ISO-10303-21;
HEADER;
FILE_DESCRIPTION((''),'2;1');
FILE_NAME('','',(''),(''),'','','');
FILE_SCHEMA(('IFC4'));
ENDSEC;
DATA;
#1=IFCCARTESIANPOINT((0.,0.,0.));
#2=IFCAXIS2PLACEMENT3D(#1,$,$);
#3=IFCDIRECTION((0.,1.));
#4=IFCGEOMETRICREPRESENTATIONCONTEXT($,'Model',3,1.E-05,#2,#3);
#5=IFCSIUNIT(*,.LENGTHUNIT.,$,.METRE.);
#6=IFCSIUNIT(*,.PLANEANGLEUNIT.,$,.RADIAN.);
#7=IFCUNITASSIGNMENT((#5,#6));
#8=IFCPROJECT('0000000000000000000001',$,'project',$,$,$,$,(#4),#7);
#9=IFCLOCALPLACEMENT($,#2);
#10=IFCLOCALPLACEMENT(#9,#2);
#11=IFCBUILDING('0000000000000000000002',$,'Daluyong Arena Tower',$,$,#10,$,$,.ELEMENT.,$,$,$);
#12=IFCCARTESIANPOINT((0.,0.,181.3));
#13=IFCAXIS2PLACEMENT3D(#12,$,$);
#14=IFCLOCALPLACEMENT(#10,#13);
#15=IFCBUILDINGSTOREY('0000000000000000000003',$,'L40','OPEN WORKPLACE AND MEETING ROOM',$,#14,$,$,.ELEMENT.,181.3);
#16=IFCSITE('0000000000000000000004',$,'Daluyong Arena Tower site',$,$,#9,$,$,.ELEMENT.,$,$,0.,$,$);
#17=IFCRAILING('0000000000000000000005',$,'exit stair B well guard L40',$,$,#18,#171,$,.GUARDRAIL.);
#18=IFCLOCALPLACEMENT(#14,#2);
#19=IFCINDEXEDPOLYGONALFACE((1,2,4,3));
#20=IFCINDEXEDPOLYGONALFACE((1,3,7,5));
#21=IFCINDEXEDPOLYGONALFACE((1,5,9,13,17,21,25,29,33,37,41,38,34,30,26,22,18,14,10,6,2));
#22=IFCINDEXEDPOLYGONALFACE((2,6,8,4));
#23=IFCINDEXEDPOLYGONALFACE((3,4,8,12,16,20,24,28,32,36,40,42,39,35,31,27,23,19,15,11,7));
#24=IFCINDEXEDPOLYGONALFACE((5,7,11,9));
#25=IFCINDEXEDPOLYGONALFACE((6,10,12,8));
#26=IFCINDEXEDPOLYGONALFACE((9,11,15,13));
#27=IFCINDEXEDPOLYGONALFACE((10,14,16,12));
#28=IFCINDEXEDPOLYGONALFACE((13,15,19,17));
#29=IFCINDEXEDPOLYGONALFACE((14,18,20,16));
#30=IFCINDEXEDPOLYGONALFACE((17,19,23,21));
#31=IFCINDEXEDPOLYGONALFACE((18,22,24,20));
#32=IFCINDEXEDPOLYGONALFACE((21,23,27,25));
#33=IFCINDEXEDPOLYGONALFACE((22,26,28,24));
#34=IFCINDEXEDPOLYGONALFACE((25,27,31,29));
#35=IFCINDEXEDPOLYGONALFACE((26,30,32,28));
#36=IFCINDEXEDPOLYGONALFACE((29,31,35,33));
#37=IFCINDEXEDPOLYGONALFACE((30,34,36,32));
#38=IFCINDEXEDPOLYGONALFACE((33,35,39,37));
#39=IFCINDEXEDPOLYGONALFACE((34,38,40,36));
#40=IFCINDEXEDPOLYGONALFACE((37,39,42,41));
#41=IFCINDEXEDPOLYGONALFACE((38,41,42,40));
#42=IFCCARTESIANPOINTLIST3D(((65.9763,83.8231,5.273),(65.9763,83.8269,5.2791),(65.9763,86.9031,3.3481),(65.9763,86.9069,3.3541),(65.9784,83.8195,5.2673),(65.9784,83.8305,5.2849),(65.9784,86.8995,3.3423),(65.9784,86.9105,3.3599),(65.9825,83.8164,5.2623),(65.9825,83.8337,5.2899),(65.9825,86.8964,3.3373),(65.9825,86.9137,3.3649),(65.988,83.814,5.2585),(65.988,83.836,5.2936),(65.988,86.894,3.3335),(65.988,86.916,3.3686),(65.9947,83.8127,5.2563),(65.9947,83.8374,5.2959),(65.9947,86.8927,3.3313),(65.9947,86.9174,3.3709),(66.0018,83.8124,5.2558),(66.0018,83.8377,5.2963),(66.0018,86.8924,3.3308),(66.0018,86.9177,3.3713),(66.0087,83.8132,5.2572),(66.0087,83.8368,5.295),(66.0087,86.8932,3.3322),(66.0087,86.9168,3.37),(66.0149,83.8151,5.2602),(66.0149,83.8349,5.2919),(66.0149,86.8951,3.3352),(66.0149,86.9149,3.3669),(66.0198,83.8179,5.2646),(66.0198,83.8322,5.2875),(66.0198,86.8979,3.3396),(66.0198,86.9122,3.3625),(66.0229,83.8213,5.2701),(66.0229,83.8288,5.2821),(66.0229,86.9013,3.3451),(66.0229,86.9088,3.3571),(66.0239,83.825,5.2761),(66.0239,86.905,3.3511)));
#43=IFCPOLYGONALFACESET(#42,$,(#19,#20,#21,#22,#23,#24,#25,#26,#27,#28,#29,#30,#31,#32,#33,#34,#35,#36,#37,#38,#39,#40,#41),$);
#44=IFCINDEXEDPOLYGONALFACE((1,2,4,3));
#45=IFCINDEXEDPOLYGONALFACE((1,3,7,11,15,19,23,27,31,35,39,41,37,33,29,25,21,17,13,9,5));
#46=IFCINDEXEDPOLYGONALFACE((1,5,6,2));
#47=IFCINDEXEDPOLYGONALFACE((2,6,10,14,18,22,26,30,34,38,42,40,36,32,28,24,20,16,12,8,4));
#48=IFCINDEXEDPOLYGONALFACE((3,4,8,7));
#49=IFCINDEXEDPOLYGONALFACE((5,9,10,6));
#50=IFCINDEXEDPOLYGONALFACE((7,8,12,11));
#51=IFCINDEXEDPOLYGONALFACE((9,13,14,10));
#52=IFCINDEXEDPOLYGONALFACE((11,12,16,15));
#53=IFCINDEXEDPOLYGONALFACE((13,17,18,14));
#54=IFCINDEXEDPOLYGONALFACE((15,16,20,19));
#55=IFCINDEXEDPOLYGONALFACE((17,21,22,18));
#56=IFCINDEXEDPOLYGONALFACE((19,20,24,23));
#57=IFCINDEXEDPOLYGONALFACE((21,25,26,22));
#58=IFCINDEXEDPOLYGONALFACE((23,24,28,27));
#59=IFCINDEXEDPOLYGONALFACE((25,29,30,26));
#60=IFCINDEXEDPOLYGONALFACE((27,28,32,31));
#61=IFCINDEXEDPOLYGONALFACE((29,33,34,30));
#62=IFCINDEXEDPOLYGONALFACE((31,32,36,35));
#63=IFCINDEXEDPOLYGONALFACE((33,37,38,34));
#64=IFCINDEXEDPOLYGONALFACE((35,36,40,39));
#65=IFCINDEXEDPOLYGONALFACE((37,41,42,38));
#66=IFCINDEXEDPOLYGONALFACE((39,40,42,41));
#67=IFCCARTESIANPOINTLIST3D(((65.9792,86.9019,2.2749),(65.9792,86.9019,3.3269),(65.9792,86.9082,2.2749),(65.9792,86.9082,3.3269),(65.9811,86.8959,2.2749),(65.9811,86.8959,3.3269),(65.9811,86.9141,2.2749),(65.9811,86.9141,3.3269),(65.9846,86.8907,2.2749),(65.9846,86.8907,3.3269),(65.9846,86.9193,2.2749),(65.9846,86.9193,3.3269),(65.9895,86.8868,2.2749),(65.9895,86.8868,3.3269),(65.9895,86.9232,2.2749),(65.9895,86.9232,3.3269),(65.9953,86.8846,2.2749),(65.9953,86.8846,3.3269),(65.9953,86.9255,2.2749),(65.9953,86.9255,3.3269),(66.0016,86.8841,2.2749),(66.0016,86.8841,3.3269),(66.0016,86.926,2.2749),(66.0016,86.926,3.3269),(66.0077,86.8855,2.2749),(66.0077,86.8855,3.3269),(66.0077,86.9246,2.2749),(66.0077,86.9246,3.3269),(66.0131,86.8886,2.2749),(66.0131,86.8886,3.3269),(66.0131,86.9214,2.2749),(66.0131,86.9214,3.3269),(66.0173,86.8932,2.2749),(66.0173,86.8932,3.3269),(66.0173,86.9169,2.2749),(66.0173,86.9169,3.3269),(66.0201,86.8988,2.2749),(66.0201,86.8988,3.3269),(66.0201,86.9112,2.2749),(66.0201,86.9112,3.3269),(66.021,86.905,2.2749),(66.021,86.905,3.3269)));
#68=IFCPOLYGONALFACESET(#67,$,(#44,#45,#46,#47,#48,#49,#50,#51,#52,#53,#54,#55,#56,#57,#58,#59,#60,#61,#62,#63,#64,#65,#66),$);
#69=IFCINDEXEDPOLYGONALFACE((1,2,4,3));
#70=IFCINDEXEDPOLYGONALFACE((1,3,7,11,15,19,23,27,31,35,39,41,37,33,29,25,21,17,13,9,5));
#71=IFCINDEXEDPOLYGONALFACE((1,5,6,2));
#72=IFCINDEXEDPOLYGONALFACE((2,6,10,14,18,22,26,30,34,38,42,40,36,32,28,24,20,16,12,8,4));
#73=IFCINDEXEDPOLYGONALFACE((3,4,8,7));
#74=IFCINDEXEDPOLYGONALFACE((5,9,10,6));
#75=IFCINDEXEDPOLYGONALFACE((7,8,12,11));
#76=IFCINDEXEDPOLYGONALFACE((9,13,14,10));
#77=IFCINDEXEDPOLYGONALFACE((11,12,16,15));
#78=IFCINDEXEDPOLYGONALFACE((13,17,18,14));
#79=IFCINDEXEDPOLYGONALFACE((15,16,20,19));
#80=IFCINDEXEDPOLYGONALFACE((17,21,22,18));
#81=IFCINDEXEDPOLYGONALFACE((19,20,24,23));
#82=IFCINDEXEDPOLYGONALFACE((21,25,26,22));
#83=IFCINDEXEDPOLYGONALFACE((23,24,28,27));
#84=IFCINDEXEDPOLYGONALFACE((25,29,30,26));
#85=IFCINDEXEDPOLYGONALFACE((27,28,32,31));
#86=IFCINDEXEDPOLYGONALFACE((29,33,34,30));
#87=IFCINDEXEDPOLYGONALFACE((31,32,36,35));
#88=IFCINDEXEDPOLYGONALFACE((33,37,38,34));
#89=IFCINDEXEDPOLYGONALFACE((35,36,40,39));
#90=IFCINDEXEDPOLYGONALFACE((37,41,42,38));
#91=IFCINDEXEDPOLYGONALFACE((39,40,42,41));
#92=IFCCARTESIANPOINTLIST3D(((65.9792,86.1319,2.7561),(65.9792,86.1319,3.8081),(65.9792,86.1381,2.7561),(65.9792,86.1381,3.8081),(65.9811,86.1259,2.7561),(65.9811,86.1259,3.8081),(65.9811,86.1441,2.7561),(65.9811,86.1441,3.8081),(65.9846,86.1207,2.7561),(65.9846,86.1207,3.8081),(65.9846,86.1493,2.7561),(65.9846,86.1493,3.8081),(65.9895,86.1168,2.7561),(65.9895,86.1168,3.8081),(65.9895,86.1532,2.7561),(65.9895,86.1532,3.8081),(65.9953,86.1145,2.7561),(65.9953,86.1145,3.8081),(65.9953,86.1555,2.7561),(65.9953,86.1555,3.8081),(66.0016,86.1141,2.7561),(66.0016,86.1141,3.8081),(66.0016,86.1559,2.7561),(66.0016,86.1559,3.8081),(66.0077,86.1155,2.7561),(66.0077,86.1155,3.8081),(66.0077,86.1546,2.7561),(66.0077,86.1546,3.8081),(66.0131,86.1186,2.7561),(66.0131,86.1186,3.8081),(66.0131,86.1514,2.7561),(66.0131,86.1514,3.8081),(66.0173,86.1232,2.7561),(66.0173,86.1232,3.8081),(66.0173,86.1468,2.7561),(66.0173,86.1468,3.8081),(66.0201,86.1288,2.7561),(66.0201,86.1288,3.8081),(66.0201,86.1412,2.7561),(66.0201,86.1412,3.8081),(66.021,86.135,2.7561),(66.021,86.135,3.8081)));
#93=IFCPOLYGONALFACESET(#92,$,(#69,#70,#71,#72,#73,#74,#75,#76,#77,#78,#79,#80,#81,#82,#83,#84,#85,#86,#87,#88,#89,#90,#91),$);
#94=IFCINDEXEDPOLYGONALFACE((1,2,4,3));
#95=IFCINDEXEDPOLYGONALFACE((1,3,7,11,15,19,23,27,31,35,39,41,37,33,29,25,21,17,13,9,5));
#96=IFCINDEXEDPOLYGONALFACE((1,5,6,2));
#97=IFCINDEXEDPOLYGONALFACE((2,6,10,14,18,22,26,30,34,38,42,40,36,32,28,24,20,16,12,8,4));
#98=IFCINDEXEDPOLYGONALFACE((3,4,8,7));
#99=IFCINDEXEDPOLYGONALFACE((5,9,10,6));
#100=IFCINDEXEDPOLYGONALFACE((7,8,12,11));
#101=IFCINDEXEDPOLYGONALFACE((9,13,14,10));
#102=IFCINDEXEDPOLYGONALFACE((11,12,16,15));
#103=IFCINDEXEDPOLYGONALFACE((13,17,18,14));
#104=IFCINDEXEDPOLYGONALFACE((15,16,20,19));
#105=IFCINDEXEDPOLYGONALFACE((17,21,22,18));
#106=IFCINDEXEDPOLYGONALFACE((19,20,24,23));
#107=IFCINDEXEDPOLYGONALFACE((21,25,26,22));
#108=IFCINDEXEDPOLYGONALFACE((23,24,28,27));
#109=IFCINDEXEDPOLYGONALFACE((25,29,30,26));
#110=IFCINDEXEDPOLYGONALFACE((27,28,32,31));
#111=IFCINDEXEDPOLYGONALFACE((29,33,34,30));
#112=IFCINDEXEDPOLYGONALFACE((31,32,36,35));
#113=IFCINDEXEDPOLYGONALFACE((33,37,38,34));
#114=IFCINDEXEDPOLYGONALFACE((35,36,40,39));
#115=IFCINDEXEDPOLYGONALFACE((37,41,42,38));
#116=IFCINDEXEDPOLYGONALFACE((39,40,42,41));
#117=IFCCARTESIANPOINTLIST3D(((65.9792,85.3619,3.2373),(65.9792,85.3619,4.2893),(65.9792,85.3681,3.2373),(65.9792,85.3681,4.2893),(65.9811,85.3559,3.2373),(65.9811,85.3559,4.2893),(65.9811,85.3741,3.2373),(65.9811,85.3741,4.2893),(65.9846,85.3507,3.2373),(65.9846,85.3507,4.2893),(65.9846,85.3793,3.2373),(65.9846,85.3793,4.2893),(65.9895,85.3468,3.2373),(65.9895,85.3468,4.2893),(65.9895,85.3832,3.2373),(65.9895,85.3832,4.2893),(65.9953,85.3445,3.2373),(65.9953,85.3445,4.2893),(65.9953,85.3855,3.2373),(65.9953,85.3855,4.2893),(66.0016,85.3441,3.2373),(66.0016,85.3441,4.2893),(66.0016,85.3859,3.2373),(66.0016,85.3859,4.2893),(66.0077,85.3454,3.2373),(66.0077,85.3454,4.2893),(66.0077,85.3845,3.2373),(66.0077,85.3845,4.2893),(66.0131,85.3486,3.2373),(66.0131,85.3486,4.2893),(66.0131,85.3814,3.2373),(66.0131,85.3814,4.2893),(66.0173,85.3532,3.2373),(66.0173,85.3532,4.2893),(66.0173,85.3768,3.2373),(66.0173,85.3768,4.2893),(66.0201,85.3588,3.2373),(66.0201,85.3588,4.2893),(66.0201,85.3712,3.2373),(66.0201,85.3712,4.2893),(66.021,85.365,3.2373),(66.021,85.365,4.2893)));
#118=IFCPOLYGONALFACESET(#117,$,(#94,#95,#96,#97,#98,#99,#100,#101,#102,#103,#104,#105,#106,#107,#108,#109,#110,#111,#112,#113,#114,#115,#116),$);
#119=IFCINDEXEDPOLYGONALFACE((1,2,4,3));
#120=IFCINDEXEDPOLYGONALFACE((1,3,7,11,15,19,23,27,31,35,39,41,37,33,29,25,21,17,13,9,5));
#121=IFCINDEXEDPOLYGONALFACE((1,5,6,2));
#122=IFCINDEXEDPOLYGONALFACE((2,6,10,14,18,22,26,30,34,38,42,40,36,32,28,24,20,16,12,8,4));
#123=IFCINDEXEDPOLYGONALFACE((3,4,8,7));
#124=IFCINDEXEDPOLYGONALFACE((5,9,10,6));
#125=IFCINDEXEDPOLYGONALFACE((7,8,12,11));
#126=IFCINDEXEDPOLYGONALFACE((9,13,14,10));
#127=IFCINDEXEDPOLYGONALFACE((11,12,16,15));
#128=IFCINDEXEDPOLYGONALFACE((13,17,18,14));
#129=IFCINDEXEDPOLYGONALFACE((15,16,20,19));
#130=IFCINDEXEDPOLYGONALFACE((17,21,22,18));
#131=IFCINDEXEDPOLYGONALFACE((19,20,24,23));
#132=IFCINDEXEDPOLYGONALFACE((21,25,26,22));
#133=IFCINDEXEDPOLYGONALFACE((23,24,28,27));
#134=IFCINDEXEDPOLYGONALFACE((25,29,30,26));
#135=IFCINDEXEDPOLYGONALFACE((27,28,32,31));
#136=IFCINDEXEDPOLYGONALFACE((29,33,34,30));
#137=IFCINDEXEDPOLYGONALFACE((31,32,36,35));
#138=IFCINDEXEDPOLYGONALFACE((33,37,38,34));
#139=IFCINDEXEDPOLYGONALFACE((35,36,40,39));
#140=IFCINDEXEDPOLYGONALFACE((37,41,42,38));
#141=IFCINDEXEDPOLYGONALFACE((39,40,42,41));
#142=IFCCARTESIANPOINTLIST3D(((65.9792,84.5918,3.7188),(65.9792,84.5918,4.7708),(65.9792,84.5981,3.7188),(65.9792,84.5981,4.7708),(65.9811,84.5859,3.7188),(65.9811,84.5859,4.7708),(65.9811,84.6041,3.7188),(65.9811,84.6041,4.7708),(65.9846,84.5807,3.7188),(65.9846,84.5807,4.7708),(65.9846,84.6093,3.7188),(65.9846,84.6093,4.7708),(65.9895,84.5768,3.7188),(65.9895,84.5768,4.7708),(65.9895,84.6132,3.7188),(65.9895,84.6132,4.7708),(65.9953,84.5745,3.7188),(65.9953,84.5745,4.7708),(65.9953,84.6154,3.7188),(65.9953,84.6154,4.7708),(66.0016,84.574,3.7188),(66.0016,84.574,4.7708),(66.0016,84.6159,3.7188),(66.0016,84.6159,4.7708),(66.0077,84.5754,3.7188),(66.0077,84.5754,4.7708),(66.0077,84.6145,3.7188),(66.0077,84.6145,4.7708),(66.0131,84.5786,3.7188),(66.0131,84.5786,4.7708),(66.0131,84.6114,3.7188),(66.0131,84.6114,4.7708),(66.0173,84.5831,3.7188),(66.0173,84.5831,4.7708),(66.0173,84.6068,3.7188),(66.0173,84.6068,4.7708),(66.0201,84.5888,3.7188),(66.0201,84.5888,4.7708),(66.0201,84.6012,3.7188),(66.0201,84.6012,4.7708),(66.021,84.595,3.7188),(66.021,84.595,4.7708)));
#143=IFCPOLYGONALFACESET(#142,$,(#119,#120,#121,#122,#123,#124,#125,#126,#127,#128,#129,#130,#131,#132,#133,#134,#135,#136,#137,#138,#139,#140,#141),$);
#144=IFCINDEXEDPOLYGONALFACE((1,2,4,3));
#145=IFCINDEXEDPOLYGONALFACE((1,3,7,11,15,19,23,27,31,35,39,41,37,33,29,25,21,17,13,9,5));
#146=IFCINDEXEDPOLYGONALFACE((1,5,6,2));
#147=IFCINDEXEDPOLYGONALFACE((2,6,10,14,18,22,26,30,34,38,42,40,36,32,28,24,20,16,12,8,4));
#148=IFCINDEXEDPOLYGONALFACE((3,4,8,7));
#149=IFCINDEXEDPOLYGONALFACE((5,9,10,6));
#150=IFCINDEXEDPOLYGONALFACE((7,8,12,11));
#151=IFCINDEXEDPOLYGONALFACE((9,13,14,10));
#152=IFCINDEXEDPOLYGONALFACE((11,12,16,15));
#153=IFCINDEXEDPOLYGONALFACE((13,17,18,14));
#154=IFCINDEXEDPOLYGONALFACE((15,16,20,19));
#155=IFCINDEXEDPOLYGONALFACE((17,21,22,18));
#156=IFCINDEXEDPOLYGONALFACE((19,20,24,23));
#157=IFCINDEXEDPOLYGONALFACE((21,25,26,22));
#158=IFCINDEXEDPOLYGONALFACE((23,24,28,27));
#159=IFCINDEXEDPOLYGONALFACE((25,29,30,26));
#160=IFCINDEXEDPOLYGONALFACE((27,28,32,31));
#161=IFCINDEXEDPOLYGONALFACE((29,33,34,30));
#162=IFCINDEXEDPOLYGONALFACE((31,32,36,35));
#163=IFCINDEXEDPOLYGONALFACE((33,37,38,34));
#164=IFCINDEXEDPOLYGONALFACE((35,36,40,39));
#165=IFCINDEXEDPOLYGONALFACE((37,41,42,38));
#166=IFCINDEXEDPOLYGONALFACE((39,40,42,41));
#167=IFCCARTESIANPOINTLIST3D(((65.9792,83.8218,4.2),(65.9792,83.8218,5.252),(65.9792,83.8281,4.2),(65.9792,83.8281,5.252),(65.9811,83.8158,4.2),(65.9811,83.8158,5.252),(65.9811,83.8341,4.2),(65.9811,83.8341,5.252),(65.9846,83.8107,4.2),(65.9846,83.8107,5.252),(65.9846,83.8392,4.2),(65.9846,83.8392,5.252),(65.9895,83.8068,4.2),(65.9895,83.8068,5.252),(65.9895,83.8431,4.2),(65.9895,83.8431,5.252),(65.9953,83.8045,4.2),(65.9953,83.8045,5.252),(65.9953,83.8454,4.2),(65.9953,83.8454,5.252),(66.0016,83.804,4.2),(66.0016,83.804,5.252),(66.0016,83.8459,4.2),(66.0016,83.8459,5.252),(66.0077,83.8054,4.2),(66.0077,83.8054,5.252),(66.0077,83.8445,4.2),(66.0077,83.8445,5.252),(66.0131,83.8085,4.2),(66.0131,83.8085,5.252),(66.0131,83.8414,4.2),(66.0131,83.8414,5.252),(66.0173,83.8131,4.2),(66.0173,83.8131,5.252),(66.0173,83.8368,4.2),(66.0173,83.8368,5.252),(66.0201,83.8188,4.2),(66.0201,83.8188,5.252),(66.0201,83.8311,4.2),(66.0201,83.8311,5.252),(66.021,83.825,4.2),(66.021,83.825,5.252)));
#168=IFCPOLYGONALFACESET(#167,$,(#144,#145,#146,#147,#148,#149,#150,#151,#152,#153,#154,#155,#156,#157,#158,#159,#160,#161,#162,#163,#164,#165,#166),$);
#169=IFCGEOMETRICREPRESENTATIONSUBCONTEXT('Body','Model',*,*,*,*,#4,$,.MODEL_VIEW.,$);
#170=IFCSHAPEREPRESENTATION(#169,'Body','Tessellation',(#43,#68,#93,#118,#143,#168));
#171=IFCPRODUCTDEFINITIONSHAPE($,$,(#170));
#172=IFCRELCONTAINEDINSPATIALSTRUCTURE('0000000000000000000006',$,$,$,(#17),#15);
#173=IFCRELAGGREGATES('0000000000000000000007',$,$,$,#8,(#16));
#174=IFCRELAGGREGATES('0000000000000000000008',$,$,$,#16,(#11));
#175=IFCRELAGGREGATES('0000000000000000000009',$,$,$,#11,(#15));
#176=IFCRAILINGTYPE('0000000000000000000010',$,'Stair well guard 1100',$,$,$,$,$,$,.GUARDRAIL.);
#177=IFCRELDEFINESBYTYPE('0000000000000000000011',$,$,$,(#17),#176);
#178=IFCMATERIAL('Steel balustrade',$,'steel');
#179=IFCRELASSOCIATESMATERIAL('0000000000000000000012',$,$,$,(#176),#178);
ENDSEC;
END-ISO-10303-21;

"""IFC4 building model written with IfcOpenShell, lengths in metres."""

from ifc_helpers import new_model, si_unit, direction, frame, origin, origin_2d, place, context, subcontext, project, spatial, circle, extrude, material, type_object, element, save


model = new_model("IFC4")

# Units and contexts
model_context = context("Model", 3, precision=1e-05, world=origin(), true_north=direction((0.0, 1.0)))
body_context = subcontext(model_context, "Body", "Model", "MODEL_VIEW")
ifc_project = project(units=[si_unit("LENGTHUNIT", "METRE"), si_unit("PLANEANGLEUNIT", "RADIAN")], contexts=[model_context])

# Site, building, storey
site_placement = place(None, origin())
site = spatial("IfcSite", under=ifc_project, at=site_placement, Name="Daluyong Arena Tower site", CompositionType="ELEMENT", RefElevation=0.0)
building_placement = place(site_placement, origin())
building = spatial("IfcBuilding", under=site, at=building_placement, Name="Daluyong Arena Tower", CompositionType="ELEMENT")
storey_placement = place(building_placement, frame((0.0, 0.0, 181.3)))
storey = spatial("IfcBuildingStorey", under=building, at=storey_placement, Name="L40", Description="OPEN WORKPLACE AND MEETING ROOM", CompositionType="ELEMENT", Elevation=181.3)

# Railing
ifc_material_1 = material(Name="Steel balustrade", Category="steel")
railing_type_1 = type_object("IfcRailingType", Name="Stair well guard 1100", PredefinedType="GUARDRAIL", material=ifc_material_1)
railing_1_placement = place(storey_placement, frame((66.0, 86.905, 2.2749)))
element("IfcRailing", 1, at=railing_1_placement, inside=storey, type_object=railing_type_1, Name="exit stair B well guard L40", PredefinedType="GUARDRAIL", context=body_context, shape_type="SweptSolid", body=[
    extrude(circle(Radius=0.0239, at=origin_2d()), frame((0.0, 0.0, 1.0762), z_axis=(0.0, -0.847998, 0.529999), x_axis=(1.0, 0.0, 0.0)), (0.0, 0.0, 1.0), 3.6321),
    extrude(circle(Radius=0.021, at=origin_2d()), origin(), (0.0, 0.0, 1.0), 1.052),
    extrude(circle(Radius=0.021, at=origin_2d()), frame((0.0, -0.77, 0.4812)), (0.0, 0.0, 1.0), 1.052),
    extrude(circle(Radius=0.021, at=origin_2d()), frame((0.0, -1.54, 0.9624)), (0.0, 0.0, 1.0), 1.052),
    extrude(circle(Radius=0.021, at=origin_2d()), frame((0.0, -2.3101, 1.4438)), (0.0, 0.0, 1.0), 1.052),
    extrude(circle(Radius=0.021, at=origin_2d()), frame((0.0, -3.0801, 1.925)), (0.0, 0.0, 1.0), 1.052),
])

save(model, "model.ifc")
